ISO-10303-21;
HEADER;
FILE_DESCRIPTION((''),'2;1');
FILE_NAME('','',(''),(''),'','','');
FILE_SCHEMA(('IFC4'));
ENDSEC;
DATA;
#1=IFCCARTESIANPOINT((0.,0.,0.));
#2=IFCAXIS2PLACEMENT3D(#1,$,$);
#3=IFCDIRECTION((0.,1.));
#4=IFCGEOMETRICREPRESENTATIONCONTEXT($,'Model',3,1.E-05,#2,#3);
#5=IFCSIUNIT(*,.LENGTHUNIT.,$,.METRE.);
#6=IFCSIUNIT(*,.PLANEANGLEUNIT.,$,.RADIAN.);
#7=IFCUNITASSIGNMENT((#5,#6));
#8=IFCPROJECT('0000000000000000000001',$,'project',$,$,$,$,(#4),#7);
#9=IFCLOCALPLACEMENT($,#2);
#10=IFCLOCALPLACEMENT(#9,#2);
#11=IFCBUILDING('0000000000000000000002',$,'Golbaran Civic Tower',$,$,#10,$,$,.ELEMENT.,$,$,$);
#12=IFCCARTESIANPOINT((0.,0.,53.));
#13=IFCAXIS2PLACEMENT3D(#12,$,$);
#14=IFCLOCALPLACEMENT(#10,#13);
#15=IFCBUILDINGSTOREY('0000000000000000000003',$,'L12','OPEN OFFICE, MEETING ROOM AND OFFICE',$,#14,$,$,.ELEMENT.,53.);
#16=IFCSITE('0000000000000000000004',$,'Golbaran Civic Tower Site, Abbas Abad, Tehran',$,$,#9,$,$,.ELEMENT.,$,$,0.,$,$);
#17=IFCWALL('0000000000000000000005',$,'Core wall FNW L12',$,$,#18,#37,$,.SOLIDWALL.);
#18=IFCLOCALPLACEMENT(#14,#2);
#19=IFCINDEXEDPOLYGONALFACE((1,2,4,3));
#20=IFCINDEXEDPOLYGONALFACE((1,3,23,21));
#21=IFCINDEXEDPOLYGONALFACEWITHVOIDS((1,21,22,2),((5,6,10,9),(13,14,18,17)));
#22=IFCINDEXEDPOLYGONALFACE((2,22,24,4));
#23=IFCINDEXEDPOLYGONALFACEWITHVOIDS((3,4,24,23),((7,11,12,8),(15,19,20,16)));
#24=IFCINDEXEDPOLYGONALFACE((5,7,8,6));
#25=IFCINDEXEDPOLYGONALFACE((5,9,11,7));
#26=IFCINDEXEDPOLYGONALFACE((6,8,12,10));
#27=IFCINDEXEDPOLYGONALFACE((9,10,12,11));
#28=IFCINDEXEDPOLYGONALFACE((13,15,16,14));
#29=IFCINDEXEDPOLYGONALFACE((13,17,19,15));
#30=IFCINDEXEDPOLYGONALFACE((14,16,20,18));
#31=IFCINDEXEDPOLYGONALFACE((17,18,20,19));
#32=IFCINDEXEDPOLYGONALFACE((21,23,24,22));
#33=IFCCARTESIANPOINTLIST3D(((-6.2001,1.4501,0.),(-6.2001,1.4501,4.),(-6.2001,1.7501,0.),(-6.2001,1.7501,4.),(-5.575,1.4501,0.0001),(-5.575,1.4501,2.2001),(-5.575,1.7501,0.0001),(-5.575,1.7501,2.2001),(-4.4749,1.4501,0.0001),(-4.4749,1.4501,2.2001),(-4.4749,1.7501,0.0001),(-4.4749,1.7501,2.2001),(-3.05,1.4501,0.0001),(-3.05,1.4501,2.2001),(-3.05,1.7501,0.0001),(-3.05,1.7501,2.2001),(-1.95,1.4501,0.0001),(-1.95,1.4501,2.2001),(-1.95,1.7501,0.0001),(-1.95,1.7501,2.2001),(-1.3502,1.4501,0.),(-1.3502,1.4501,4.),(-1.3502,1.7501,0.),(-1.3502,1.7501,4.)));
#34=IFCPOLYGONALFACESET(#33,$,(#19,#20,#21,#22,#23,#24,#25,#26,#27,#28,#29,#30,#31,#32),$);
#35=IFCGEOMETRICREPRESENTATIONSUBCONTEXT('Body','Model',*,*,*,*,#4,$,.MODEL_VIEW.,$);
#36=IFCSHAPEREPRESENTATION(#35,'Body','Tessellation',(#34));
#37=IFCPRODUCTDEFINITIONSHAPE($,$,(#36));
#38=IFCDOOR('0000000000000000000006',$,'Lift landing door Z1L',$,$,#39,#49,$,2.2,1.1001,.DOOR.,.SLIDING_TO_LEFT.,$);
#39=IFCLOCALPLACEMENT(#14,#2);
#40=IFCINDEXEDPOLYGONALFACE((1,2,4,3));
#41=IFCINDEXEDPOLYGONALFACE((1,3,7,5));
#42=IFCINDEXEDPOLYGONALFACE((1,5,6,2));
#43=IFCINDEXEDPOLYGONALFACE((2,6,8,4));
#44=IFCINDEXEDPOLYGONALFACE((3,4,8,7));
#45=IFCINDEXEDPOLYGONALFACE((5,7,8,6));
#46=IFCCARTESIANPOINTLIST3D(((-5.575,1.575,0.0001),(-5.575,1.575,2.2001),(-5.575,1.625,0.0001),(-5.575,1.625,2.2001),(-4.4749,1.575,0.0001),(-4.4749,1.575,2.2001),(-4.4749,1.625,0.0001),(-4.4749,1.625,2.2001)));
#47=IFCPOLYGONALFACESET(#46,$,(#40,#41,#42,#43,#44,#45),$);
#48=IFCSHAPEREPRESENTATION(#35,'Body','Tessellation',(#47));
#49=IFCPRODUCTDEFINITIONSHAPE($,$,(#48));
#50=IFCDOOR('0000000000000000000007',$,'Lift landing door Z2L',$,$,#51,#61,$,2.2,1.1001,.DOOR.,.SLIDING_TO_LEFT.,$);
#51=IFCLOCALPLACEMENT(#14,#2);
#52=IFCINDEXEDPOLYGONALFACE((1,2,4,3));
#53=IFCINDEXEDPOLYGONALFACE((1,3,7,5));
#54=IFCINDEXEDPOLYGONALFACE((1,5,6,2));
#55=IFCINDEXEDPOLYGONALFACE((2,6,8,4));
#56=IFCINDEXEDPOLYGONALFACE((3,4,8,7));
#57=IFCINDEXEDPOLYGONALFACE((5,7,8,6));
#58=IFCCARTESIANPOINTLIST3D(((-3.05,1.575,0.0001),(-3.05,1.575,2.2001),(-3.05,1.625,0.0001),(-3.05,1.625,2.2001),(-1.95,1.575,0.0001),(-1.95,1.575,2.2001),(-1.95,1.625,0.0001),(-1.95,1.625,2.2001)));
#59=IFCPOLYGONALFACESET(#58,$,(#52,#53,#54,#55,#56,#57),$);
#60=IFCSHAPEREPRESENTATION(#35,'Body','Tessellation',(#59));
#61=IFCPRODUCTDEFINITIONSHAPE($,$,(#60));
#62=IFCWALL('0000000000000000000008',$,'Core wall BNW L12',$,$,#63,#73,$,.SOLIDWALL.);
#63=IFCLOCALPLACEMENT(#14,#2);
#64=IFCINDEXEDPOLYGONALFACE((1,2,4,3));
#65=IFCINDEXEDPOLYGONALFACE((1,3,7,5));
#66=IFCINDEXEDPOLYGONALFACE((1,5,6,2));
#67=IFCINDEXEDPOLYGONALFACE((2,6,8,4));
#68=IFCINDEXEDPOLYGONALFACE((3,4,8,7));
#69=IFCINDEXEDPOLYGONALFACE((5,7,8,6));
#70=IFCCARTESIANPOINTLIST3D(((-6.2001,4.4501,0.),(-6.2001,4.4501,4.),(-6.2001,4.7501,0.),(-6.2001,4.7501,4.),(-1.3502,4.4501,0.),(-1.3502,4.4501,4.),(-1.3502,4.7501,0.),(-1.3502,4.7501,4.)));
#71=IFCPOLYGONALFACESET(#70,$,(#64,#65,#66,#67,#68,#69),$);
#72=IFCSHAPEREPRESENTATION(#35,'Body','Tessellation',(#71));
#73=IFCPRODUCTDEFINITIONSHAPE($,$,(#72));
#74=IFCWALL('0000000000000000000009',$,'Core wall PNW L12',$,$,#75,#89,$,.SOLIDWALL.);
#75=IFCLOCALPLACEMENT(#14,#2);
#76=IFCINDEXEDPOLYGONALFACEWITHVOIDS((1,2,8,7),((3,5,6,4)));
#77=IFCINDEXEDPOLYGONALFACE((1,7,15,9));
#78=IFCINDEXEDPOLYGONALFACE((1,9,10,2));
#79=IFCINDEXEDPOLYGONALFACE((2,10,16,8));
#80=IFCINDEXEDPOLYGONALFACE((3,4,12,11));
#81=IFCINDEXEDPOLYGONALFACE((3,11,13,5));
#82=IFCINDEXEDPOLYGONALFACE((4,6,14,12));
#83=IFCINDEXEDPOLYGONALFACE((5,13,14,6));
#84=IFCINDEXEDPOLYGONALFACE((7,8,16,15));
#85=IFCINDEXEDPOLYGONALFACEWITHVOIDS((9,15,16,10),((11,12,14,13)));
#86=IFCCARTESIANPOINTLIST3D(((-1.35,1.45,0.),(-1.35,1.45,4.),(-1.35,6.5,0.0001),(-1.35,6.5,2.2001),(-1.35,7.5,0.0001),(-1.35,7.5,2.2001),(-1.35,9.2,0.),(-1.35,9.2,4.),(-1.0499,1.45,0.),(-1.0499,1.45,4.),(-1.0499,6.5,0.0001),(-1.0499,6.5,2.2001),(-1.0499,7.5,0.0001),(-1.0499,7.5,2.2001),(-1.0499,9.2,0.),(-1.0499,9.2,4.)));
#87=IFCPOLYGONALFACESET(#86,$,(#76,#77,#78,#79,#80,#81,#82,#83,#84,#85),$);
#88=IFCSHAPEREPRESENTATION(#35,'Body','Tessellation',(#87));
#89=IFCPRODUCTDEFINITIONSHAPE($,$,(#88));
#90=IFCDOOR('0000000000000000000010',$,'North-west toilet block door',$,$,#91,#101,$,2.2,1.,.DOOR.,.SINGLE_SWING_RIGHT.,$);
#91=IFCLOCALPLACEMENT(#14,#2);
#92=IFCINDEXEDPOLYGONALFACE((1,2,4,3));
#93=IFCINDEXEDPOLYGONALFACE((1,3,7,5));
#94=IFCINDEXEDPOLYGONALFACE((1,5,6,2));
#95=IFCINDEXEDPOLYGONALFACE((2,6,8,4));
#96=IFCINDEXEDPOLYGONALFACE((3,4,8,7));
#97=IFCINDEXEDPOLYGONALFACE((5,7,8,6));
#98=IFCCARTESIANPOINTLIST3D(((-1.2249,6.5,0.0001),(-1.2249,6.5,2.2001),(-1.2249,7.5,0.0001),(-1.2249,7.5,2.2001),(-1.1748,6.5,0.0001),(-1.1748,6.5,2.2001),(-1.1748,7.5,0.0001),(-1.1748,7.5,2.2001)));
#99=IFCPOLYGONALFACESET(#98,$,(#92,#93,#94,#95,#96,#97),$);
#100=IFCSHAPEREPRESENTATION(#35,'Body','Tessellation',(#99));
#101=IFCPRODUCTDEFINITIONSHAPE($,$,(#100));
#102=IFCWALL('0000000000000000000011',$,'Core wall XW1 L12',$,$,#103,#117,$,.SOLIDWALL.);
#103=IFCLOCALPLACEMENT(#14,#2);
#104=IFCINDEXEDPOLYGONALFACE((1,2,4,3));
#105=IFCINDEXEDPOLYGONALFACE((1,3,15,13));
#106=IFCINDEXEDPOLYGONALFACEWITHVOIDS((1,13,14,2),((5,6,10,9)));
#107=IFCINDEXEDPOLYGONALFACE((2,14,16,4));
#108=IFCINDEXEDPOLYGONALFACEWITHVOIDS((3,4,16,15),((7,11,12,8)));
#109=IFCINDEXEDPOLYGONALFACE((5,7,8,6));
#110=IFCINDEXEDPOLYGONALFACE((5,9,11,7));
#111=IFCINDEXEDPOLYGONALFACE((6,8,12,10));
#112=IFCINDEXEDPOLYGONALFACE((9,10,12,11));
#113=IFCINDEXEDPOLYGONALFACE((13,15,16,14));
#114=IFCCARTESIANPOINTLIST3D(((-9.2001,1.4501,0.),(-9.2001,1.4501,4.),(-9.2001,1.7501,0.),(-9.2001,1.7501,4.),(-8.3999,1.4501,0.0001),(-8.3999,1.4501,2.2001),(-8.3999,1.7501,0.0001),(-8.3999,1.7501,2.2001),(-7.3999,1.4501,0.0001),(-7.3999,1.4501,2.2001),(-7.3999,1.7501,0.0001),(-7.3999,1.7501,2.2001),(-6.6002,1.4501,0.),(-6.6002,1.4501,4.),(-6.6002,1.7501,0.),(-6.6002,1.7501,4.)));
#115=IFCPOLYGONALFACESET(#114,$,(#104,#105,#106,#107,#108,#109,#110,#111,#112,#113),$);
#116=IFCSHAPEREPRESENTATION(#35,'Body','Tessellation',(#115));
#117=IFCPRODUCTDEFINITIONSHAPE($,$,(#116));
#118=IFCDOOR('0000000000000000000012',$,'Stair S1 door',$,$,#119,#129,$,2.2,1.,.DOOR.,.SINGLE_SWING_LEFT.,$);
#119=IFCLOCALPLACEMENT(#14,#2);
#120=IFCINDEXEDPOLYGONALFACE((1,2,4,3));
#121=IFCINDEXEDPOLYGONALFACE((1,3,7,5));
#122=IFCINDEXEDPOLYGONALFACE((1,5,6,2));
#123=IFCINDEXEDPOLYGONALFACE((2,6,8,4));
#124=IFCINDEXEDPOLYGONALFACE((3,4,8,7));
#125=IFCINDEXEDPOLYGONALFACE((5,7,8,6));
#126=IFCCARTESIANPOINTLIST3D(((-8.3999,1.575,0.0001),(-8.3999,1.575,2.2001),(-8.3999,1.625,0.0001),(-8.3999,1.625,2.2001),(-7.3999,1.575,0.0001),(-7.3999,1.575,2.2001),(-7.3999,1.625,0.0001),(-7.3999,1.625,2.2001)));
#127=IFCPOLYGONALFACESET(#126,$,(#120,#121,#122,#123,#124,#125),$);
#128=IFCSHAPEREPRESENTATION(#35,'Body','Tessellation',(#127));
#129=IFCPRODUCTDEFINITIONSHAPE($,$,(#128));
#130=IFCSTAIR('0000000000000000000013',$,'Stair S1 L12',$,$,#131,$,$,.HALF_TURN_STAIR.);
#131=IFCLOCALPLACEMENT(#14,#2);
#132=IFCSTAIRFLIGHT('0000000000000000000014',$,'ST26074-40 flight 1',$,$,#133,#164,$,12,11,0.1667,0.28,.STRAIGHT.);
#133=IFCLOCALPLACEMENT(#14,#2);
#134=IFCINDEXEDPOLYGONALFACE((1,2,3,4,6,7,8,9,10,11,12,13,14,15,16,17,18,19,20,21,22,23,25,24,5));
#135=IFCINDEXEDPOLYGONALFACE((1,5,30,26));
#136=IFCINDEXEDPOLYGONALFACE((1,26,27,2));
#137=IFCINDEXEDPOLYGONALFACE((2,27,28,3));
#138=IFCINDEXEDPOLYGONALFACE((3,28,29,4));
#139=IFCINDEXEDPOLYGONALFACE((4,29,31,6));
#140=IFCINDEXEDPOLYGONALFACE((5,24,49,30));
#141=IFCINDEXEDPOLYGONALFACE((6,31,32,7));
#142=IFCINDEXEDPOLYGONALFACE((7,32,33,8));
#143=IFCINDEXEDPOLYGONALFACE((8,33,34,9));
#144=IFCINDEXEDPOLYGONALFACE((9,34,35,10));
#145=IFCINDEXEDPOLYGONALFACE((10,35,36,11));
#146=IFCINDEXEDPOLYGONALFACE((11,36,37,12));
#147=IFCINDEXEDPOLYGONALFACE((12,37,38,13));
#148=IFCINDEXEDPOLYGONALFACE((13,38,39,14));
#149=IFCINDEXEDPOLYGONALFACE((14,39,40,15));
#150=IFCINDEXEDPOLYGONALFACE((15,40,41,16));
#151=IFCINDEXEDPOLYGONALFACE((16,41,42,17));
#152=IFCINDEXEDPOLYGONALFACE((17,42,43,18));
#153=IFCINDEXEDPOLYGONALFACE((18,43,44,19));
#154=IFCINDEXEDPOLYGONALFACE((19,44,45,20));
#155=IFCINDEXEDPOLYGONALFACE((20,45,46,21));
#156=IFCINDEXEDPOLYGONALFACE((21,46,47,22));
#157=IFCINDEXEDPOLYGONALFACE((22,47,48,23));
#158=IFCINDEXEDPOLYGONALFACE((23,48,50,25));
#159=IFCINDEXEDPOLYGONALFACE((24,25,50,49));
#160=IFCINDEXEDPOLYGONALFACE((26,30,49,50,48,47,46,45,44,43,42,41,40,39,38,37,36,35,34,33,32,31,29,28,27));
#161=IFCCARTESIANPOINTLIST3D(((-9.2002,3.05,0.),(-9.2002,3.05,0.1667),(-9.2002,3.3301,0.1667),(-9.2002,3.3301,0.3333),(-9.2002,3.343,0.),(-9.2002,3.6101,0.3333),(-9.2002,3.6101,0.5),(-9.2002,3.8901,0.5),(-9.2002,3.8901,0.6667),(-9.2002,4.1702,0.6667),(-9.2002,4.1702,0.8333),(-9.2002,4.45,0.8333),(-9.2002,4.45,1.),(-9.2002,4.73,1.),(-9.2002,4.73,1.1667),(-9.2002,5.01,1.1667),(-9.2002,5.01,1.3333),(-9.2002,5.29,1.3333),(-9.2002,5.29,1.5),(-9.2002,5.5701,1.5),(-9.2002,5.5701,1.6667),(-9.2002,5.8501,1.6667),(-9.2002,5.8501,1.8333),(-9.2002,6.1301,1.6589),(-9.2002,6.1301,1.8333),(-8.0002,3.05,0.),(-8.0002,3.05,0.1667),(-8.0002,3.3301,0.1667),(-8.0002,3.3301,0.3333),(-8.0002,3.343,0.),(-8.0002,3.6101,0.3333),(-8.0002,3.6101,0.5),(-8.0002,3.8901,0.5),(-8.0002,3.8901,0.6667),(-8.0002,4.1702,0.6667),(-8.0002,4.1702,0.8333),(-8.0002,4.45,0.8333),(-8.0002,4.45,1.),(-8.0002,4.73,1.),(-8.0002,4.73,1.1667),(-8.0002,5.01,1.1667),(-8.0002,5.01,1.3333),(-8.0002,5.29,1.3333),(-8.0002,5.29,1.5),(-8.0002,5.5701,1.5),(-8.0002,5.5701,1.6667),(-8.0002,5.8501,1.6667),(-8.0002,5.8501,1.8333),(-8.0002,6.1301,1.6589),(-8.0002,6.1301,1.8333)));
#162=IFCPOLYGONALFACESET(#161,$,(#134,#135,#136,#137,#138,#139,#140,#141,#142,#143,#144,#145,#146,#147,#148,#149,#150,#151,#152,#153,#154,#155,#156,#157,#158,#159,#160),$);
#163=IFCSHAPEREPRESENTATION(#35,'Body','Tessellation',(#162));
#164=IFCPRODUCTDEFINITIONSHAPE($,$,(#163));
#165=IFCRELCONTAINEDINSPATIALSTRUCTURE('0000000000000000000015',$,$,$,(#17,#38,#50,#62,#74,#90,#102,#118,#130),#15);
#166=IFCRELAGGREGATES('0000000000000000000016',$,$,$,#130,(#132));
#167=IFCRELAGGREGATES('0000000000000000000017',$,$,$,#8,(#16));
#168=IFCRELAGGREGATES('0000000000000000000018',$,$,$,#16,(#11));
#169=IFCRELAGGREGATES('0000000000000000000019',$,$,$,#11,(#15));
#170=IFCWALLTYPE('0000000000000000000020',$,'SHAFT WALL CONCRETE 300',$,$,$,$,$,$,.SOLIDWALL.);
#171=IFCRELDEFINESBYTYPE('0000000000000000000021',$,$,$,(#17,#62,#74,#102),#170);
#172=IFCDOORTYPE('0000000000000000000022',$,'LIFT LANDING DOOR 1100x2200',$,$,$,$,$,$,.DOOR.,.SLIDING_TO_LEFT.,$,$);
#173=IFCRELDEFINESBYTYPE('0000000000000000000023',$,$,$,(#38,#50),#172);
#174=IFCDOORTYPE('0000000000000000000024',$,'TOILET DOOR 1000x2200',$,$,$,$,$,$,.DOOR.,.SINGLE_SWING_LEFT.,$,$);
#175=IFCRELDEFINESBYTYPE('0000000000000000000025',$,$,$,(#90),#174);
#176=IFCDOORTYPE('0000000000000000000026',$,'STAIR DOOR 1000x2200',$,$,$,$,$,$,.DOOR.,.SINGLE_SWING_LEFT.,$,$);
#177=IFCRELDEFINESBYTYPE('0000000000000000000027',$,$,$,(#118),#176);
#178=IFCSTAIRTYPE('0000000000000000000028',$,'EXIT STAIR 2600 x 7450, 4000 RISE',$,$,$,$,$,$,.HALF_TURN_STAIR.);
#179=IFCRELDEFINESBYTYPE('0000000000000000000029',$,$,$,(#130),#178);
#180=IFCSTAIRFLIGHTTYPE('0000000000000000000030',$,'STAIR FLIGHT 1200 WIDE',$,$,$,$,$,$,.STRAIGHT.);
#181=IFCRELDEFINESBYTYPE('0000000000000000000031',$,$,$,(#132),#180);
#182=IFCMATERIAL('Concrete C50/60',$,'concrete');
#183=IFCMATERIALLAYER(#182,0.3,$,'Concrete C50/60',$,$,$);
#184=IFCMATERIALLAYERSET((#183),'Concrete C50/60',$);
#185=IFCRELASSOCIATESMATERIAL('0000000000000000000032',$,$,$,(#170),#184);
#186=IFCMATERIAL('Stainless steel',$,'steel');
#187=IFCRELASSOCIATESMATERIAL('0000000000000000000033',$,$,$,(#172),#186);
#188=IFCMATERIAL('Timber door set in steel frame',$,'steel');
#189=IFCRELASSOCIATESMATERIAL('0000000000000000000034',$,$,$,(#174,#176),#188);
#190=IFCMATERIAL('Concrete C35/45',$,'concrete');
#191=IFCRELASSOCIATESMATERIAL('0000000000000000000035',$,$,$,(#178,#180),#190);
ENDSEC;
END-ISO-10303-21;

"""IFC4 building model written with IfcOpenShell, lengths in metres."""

from ifc_helpers import new_model, si_unit, direction, frame, frame_2d, origin, place, context, subcontext, project, spatial, polyline, rectangle, outline, extrude, material, layer, layer_set, type_object, element, fill, aggregate, save


model = new_model("IFC4")

# Units and contexts
model_context = context("Model", 3, precision=1e-05, world=origin(), true_north=direction((0.0, 1.0)))
body_context = subcontext(model_context, "Body", "Model", "MODEL_VIEW")
ifc_project = project(units=[si_unit("LENGTHUNIT", "METRE"), si_unit("PLANEANGLEUNIT", "RADIAN")], contexts=[model_context])

# Site, building, storey
site_placement = place(None, origin())
site = spatial("IfcSite", under=ifc_project, at=site_placement, Name="Golbaran Civic Tower Site, Abbas Abad, Tehran", CompositionType="ELEMENT", RefElevation=0.0)
building_placement = place(site_placement, origin())
building = spatial("IfcBuilding", under=site, at=building_placement, Name="Golbaran Civic Tower", CompositionType="ELEMENT")
storey_placement = place(building_placement, frame((0.0, 0.0, 53.0)))
storey = spatial("IfcBuildingStorey", under=building, at=storey_placement, Name="L12", Description="OPEN OFFICE, MEETING ROOM AND OFFICE", CompositionType="ELEMENT", Elevation=53.0)

# Shared definitions
ifc_material_1 = material(Name="Concrete C50/60", Category="concrete")

# Shared definitions
ifc_material_2 = material(Name="Timber door set in steel frame", Category="steel")

# Wall, openings, doors
ifc_layer_1 = layer(ifc_material_1, 0.3, Name="Concrete C50/60")
ifc_layer_set_1 = layer_set([ifc_layer_1], Name="Concrete C50/60")
wall_type_1 = type_object("IfcWallType", Name="SHAFT WALL CONCRETE 300", PredefinedType="SOLIDWALL", material=ifc_layer_set_1)
wall_1_placement = place(storey_placement, frame((-6.2, 1.6001, 0.0), z_axis=(0.0, 0.0, 1.0), x_axis=(1.0, 0.0, 0.0)))
wall_1 = element("IfcWall", 1, at=wall_1_placement, inside=storey, type_object=wall_type_1, Name="Core wall FNW L12", PredefinedType="SOLIDWALL", context=body_context, shape_type="SweptSolid", body=[
    extrude(rectangle(XDim=4.8499, YDim=0.3, at=frame_2d((2.4248, 0.0))), origin(), (0.0, 0.0, 1.0), 4.0),
])
opening_1_placement = place(wall_1_placement, frame((0.625, 0.0, 0.0)))
opening_1 = element("IfcOpeningElement", 2, at=opening_1_placement, cuts=wall_1, PredefinedType="OPENING", context=body_context, shape_type="SweptSolid", body=[
    extrude(rectangle(XDim=1.1001, YDim=2.2, at=frame_2d((0.55, 1.1001))), frame((0.0, 0.1599, 0.0), z_axis=(0.0, -1.0, 0.0), x_axis=(1.0, 0.0, 0.0)), (0.0, 0.0, 1.0), 0.3201),
])
opening_2_placement = place(wall_1_placement, frame((3.1499, 0.0, 0.0)))
opening_2 = element("IfcOpeningElement", 3, at=opening_2_placement, cuts=wall_1, PredefinedType="OPENING", context=body_context, shape_type="SweptSolid", body=[
    extrude(rectangle(XDim=1.1001, YDim=2.2, at=frame_2d((0.55, 1.1001))), frame((0.0, 0.1599, 0.0), z_axis=(0.0, -1.0, 0.0), x_axis=(1.0, 0.0, 0.0)), (0.0, 0.0, 1.0), 0.3201),
])
ifc_material_3 = material(Name="Stainless steel", Category="steel")
door_type_1 = type_object("IfcDoorType", Name="LIFT LANDING DOOR 1100x2200", OperationType="SLIDING_TO_LEFT", PredefinedType="DOOR", material=ifc_material_3)
door_1_placement = place(opening_1_placement, origin())
door_1 = element("IfcDoor", 4, at=door_1_placement, inside=storey, type_object=door_type_1, Name="Lift landing door Z1L", OperationType="SLIDING_TO_LEFT", OverallHeight=2.2, OverallWidth=1.1001, PredefinedType="DOOR", context=body_context, shape_type="SweptSolid", body=[
    extrude(rectangle(XDim=1.1001, YDim=2.2, at=frame_2d((0.55, 1.1001))), frame((0.0, 0.0249, 0.0), z_axis=(0.0, -1.0, 0.0), x_axis=(1.0, 0.0, 0.0)), (0.0, 0.0, 1.0), 0.05),
])
fill(opening_1, door_1)
door_2_placement = place(opening_2_placement, origin())
door_2 = element("IfcDoor", 5, at=door_2_placement, inside=storey, type_object=door_type_1, Name="Lift landing door Z2L", OperationType="SLIDING_TO_LEFT", OverallHeight=2.2, OverallWidth=1.1001, PredefinedType="DOOR", context=body_context, shape_type="SweptSolid", body=[
    extrude(rectangle(XDim=1.1001, YDim=2.2, at=frame_2d((0.55, 1.1001))), frame((0.0, 0.0249, 0.0), z_axis=(0.0, -1.0, 0.0), x_axis=(1.0, 0.0, 0.0)), (0.0, 0.0, 1.0), 0.05),
])
fill(opening_2, door_2)

# Wall
wall_2_placement = place(storey_placement, frame((-6.2, 4.6001, 0.0), z_axis=(0.0, 0.0, 1.0), x_axis=(1.0, 0.0, 0.0)))
element("IfcWall", 6, at=wall_2_placement, inside=storey, type_object=wall_type_1, Name="Core wall BNW L12", PredefinedType="SOLIDWALL", context=body_context, shape_type="SweptSolid", body=[
    extrude(rectangle(XDim=4.8499, YDim=0.3, at=frame_2d((2.4248, 0.0))), origin(), (0.0, 0.0, 1.0), 4.0),
])

# Walls, openings, doors
wall_3_placement = place(storey_placement, frame((-1.2, 1.45, 0.0), z_axis=(0.0, 0.0, 1.0), x_axis=(0.0, 1.0, 0.0)))
wall_3 = element("IfcWall", 7, at=wall_3_placement, inside=storey, type_object=wall_type_1, Name="Core wall PNW L12", PredefinedType="SOLIDWALL", context=body_context, shape_type="SweptSolid", body=[
    extrude(rectangle(XDim=7.75, YDim=0.3, at=frame_2d((3.875, 0.0))), origin(), (0.0, 0.0, 1.0), 4.0),
])
opening_3_placement = place(wall_3_placement, frame((5.05, 0.0, 0.0)))
opening_3 = element("IfcOpeningElement", 8, at=opening_3_placement, cuts=wall_3, PredefinedType="OPENING", context=body_context, shape_type="SweptSolid", body=[
    extrude(rectangle(XDim=1.0, YDim=2.2, at=frame_2d((0.5, 1.1001))), frame((0.0, 0.1599, 0.0), z_axis=(0.0, -1.0, 0.0), x_axis=(1.0, 0.0, 0.0)), (0.0, 0.0, 1.0), 0.3201),
])
door_type_2 = type_object("IfcDoorType", Name="TOILET DOOR 1000x2200", OperationType="SINGLE_SWING_LEFT", PredefinedType="DOOR", material=ifc_material_2)
door_3_placement = place(opening_3_placement, origin())
door_3 = element("IfcDoor", 9, at=door_3_placement, inside=storey, type_object=door_type_2, Name="North-west toilet block door", OperationType="SINGLE_SWING_RIGHT", OverallHeight=2.2, OverallWidth=1.0, PredefinedType="DOOR", context=body_context, shape_type="SweptSolid", body=[
    extrude(rectangle(XDim=1.0, YDim=2.2, at=frame_2d((0.5, 1.1001))), frame((0.0, 0.0249, 0.0), z_axis=(0.0, -1.0, 0.0), x_axis=(1.0, 0.0, 0.0)), (0.0, 0.0, 1.0), 0.05),
])
fill(opening_3, door_3)
wall_4_placement = place(storey_placement, frame((-9.2, 1.6001, 0.0), z_axis=(0.0, 0.0, 1.0), x_axis=(1.0, 0.0, 0.0)))
wall_4 = element("IfcWall", 10, at=wall_4_placement, inside=storey, type_object=wall_type_1, Name="Core wall XW1 L12", PredefinedType="SOLIDWALL", context=body_context, shape_type="SweptSolid", body=[
    extrude(rectangle(XDim=2.5999, YDim=0.3, at=frame_2d((1.2998, 0.0))), origin(), (0.0, 0.0, 1.0), 4.0),
])
opening_4_placement = place(wall_4_placement, frame((0.8, 0.0, 0.0)))
opening_4 = element("IfcOpeningElement", 11, at=opening_4_placement, cuts=wall_4, PredefinedType="OPENING", context=body_context, shape_type="SweptSolid", body=[
    extrude(rectangle(XDim=1.0, YDim=2.2, at=frame_2d((0.5, 1.1001))), frame((0.0, 0.1599, 0.0), z_axis=(0.0, -1.0, 0.0), x_axis=(1.0, 0.0, 0.0)), (0.0, 0.0, 1.0), 0.3201),
])
door_type_3 = type_object("IfcDoorType", Name="STAIR DOOR 1000x2200", OperationType="SINGLE_SWING_LEFT", PredefinedType="DOOR", material=ifc_material_2)
door_4_placement = place(opening_4_placement, origin())
door_4 = element("IfcDoor", 12, at=door_4_placement, inside=storey, type_object=door_type_3, Name="Stair S1 door", OperationType="SINGLE_SWING_LEFT", OverallHeight=2.2, OverallWidth=1.0, PredefinedType="DOOR", context=body_context, shape_type="SweptSolid", body=[
    extrude(rectangle(XDim=1.0, YDim=2.2, at=frame_2d((0.5, 1.1001))), frame((0.0, 0.0249, 0.0), z_axis=(0.0, -1.0, 0.0), x_axis=(1.0, 0.0, 0.0)), (0.0, 0.0, 1.0), 0.05),
])
fill(opening_4, door_4)

# Stair, stair flight
ifc_material_4 = material(Name="Concrete C35/45", Category="concrete")
stair_type = type_object("IfcStairType", Name="EXIT STAIR 2600 x 7450, 4000 RISE", PredefinedType="HALF_TURN_STAIR", material=ifc_material_4)
stair_placement = place(storey_placement, origin())
stair = element("IfcStair", 13, at=stair_placement, inside=storey, type_object=stair_type, Name="Stair S1 L12", PredefinedType="HALF_TURN_STAIR")
stair_flight_type = type_object("IfcStairFlightType", Name="STAIR FLIGHT 1200 WIDE", PredefinedType="STRAIGHT", material=ifc_material_4)
stair_flight_1_placement = place(storey_placement, frame((-8.6001, 3.05, 0.0), z_axis=(0.0, 0.0, 1.0), x_axis=(0.0, 1.0, 0.0)))
stair_flight_1 = element("IfcStairFlight", 14, at=stair_flight_1_placement, type_object=stair_flight_type, Name="ST26074-40 flight 1", NumberOfRisers=12, NumberOfTreads=11, PredefinedType="STRAIGHT", RiserHeight=0.1667, TreadLength=0.28, context=body_context, shape_type="SweptSolid", body=[
    extrude(outline(polyline([(0.0, 0.0), (0.0, 0.1667), (0.28, 0.1667), (0.28, 0.3333), (0.5601, 0.3333), (0.5601, 0.5), (0.8401, 0.5), (0.8401, 0.6667), (1.1201, 0.6667), (1.1201, 0.8333), (1.3999, 0.8333), (1.3999, 1.0), (1.6799, 1.0), (1.6799, 1.1667), (1.96, 1.1667), (1.96, 1.3333), (2.24, 1.3333), (2.24, 1.5), (2.52, 1.5), (2.52, 1.6667), (2.8, 1.6667), (2.8, 1.8333), (3.0801, 1.8333), (3.0801, 2.0), (3.0801, 1.6589), (0.293, 0.0), (0.0, 0.0)])), frame((0.0, 0.6001, 0.0), z_axis=(0.0, -1.0, 0.0), x_axis=(1.0, 0.0, 0.0)), (0.0, 0.0, 1.0), 1.2),
])
aggregate(stair, [stair_flight_1])

save(model, "model.ifc")
